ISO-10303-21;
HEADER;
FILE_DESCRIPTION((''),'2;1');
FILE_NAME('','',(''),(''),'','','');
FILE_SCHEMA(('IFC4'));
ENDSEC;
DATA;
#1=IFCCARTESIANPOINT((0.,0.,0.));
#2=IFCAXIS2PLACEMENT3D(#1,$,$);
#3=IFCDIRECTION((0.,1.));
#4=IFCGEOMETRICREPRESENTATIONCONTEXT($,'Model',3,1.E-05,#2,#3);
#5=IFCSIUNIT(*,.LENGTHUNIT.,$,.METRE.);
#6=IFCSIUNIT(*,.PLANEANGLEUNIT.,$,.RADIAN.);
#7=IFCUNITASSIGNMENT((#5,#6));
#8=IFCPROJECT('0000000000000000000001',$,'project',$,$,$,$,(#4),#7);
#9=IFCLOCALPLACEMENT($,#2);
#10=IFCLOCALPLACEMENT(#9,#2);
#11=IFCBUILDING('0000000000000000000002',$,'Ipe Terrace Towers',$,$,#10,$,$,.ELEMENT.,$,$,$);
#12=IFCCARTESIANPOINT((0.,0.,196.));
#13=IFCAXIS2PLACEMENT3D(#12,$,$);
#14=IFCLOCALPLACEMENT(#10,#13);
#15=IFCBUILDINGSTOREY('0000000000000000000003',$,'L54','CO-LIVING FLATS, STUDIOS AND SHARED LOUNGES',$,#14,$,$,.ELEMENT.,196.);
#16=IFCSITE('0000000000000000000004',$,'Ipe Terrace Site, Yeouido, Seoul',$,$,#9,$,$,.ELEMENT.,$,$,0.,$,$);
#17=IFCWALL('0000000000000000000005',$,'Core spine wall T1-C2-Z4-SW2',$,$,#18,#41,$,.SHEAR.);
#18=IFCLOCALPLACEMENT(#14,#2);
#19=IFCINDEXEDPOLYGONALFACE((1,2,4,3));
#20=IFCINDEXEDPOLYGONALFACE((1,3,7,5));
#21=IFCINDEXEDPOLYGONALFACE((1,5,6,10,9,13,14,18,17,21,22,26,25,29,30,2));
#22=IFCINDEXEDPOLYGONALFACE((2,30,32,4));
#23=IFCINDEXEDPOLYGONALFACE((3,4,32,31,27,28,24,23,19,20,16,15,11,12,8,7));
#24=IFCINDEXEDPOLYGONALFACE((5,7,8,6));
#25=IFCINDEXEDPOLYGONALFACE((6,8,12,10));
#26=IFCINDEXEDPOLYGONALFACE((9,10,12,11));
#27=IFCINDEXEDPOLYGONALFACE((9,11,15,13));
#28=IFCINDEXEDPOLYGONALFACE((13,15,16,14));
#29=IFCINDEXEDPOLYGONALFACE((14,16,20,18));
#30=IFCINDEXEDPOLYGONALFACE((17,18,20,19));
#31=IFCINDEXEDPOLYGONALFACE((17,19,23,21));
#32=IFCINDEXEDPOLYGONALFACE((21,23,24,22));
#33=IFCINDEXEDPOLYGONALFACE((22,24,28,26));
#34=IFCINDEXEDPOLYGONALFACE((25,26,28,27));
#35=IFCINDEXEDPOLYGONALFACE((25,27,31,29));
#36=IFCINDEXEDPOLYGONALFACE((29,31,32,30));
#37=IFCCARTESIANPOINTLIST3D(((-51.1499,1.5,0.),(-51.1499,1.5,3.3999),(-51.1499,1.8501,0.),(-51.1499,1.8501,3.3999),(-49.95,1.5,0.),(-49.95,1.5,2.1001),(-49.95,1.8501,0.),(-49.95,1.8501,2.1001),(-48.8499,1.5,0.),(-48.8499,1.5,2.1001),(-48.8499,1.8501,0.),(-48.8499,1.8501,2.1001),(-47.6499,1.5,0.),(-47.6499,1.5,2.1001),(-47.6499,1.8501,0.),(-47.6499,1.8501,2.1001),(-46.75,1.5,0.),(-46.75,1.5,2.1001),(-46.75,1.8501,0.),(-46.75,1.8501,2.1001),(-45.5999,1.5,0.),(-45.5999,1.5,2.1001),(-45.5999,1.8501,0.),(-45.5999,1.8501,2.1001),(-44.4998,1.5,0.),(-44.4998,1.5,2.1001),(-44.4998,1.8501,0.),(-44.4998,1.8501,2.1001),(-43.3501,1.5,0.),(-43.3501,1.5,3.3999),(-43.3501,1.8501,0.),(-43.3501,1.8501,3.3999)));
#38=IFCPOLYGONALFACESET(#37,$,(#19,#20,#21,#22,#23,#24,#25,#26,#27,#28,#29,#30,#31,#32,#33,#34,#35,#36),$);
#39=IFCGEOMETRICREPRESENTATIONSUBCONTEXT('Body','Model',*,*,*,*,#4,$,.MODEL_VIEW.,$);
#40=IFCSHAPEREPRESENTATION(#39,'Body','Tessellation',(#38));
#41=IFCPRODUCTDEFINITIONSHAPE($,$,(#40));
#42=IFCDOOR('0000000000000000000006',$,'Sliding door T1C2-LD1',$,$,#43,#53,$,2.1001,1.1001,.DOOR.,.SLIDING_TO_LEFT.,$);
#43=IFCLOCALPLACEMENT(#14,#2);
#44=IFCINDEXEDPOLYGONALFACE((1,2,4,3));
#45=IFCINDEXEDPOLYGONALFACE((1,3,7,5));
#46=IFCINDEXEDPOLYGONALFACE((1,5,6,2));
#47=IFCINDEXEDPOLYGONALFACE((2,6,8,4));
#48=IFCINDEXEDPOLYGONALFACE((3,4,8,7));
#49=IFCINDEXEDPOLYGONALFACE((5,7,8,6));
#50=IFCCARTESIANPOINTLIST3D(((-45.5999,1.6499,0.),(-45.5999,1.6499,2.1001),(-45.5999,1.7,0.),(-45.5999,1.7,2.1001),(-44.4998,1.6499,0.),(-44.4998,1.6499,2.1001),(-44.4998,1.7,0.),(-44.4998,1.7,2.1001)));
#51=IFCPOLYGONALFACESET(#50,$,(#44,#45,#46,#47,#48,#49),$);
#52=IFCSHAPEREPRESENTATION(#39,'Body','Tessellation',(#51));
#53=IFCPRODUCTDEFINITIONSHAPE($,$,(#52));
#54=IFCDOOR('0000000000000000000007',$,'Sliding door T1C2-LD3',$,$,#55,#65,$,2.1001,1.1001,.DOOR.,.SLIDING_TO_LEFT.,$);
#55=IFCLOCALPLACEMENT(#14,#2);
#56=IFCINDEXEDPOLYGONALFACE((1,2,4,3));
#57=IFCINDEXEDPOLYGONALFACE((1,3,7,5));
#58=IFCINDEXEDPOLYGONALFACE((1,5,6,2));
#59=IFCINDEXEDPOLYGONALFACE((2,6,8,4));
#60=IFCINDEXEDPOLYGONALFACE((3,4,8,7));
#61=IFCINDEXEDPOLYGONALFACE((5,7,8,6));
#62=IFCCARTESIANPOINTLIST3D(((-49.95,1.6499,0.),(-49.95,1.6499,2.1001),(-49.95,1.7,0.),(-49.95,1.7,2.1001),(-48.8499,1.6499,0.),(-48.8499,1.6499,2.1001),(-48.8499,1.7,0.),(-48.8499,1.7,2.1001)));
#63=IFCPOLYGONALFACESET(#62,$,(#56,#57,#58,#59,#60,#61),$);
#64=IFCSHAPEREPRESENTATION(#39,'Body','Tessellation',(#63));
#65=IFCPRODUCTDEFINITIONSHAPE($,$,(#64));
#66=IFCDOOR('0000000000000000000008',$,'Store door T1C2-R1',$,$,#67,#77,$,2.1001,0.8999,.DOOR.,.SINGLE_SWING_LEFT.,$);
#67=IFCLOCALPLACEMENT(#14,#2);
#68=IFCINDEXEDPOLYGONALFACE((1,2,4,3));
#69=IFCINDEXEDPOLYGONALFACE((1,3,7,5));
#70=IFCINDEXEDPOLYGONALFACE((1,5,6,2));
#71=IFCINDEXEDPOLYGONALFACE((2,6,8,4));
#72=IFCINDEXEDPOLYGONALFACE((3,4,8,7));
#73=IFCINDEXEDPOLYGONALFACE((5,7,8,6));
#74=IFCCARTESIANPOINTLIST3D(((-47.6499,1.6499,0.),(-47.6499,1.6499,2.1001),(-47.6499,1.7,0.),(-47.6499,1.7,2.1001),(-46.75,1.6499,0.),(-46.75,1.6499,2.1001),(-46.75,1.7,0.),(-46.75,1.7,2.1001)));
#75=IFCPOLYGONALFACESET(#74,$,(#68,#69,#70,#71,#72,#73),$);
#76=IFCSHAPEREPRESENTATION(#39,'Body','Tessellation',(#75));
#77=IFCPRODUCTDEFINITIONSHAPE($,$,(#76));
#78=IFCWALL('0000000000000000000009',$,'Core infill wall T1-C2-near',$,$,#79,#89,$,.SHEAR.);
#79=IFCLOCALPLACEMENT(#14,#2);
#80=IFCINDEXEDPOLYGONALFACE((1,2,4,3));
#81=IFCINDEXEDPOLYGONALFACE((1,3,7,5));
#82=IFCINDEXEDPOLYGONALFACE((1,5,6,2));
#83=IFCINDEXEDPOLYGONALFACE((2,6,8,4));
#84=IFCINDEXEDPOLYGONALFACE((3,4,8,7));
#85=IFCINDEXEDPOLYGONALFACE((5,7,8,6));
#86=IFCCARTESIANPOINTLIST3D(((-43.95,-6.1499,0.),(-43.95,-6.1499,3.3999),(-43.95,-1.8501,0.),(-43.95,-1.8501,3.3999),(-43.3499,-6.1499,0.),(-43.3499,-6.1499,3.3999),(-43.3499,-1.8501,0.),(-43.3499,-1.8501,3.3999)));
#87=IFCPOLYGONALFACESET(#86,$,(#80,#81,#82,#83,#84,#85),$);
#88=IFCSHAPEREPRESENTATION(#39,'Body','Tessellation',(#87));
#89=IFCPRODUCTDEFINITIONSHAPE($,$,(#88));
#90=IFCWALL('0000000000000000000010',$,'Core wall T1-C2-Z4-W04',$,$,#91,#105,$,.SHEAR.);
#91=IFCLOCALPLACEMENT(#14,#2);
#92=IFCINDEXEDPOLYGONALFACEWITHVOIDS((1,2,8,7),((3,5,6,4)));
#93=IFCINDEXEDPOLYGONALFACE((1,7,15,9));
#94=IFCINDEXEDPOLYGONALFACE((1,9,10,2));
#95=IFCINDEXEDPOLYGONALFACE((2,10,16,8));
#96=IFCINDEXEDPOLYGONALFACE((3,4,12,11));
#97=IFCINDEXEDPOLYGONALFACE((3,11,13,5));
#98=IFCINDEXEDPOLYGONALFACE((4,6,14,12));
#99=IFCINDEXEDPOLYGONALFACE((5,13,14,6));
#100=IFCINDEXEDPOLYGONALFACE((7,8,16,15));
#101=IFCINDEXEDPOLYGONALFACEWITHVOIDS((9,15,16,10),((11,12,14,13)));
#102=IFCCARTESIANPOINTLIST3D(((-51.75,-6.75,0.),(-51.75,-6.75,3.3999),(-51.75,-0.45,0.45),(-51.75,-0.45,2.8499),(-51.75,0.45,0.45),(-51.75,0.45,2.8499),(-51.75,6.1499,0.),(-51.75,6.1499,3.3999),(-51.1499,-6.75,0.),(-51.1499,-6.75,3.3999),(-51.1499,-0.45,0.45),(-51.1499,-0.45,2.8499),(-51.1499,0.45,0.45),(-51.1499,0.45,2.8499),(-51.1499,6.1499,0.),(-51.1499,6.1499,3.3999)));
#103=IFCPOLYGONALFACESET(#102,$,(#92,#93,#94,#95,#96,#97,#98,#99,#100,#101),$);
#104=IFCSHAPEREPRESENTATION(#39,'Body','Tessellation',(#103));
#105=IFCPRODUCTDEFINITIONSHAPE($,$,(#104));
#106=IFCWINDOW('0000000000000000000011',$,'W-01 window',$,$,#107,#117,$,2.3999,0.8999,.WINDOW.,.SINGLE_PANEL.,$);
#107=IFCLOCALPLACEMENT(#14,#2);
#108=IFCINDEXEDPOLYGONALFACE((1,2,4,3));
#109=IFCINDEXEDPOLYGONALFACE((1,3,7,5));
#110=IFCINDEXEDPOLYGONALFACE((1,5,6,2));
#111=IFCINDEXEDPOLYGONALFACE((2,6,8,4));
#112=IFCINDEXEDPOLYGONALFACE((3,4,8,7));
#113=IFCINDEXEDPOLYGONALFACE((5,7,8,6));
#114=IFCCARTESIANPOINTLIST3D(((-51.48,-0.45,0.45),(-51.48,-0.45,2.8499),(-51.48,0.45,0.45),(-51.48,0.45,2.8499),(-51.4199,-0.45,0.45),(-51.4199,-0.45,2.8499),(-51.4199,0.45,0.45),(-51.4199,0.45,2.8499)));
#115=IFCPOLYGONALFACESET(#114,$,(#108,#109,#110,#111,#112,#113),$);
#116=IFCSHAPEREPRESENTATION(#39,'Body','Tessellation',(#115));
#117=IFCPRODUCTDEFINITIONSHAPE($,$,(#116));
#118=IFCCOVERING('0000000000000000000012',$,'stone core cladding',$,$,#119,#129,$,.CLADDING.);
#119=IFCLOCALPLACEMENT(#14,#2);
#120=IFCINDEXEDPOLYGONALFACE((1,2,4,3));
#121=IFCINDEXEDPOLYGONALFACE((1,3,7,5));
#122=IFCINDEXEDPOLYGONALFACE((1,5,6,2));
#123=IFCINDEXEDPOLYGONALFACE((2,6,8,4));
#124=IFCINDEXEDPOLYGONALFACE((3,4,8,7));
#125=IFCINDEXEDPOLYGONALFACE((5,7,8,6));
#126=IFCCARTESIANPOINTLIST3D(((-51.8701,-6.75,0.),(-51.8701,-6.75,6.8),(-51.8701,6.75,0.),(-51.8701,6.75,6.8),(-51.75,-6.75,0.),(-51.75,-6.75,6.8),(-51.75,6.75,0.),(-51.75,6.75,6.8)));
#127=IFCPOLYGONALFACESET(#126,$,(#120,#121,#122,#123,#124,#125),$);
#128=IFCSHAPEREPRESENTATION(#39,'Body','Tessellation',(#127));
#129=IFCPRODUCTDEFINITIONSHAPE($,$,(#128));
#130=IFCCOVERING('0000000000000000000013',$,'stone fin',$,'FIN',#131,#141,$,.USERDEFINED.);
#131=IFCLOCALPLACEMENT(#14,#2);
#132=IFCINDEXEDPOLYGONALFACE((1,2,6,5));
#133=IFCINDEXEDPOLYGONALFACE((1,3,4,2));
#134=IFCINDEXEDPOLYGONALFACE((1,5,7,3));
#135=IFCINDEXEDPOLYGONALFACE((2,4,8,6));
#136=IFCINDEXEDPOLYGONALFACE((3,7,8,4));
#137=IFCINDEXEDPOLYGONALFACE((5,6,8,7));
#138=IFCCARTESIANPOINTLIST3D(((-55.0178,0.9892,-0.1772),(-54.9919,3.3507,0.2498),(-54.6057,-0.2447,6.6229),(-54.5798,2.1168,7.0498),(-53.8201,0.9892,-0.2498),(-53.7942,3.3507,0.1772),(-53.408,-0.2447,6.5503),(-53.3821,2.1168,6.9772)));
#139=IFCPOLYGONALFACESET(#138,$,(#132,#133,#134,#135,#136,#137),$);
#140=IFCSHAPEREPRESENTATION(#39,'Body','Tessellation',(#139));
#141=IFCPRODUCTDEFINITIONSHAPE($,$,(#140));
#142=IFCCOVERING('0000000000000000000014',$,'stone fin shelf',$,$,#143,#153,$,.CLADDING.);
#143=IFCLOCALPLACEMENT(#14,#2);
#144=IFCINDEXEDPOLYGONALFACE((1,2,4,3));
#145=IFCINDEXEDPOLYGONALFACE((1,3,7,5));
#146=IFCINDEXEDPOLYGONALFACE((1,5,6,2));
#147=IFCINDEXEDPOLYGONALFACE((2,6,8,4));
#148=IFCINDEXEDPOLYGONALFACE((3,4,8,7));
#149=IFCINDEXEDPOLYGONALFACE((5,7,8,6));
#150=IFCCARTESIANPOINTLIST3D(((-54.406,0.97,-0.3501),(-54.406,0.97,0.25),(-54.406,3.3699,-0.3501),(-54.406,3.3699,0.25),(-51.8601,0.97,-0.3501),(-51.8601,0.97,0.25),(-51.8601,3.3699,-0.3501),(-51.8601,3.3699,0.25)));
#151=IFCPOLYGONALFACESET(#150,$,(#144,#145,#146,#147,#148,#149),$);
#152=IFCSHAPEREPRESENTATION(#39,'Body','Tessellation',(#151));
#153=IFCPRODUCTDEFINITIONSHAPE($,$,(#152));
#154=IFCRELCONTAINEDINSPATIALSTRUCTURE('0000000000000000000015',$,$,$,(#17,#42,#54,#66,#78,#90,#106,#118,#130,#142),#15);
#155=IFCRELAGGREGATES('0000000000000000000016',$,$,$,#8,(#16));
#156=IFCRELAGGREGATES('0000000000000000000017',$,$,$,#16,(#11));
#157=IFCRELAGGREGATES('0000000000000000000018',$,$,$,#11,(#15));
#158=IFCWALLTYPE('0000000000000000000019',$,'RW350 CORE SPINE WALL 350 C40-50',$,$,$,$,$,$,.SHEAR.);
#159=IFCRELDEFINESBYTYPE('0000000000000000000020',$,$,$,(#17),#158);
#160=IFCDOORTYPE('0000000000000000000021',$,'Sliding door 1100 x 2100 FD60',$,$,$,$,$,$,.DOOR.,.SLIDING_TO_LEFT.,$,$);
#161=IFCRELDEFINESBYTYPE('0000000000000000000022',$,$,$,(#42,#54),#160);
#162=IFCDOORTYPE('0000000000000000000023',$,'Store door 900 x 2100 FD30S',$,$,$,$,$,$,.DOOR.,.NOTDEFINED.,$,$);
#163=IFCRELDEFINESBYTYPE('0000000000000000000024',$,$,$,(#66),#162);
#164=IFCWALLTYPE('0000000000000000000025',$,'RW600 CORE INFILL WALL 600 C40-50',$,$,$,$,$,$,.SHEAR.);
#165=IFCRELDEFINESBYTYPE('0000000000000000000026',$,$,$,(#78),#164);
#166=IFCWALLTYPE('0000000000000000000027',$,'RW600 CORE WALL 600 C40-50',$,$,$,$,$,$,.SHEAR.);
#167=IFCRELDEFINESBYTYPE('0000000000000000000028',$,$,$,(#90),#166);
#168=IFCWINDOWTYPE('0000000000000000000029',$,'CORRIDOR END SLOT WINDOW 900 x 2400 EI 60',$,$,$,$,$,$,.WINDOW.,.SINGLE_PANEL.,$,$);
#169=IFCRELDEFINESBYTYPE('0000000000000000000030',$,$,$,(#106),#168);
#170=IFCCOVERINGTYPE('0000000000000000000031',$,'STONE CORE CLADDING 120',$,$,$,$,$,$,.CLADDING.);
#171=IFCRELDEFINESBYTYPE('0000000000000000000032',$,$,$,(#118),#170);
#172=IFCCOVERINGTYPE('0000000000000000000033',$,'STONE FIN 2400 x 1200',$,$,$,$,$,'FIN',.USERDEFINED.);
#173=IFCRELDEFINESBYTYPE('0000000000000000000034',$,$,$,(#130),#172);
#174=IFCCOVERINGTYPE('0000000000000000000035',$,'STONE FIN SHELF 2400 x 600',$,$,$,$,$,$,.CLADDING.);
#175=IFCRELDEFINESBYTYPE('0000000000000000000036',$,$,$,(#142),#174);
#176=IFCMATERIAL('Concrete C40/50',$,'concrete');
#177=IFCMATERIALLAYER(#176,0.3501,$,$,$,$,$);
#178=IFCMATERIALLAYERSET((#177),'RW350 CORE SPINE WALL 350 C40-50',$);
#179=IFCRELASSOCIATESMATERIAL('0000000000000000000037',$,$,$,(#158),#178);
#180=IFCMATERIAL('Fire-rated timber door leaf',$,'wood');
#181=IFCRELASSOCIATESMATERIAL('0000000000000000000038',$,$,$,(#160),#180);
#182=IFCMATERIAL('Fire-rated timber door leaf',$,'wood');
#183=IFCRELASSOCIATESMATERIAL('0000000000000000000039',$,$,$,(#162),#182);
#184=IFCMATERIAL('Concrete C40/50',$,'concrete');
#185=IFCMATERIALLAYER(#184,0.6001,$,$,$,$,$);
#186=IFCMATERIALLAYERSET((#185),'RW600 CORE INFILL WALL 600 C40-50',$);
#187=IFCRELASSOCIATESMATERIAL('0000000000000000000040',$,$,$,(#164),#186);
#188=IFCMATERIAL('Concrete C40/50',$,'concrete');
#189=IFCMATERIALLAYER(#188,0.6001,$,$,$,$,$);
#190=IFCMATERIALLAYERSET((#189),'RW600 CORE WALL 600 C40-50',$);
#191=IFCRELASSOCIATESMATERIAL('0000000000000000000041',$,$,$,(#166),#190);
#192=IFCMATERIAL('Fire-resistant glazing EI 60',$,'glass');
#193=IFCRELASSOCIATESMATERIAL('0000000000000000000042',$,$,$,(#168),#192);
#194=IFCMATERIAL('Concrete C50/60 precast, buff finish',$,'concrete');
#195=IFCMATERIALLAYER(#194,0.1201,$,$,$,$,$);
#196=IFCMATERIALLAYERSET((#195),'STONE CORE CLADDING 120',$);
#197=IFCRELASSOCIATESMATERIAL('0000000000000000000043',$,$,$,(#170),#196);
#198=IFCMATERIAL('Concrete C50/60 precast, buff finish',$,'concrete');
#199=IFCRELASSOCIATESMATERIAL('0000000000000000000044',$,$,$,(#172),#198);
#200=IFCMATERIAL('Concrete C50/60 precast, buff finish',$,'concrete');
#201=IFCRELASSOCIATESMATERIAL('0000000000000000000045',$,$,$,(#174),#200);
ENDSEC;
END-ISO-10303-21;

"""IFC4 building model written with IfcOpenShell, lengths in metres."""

from ifc_helpers import new_model, si_unit, direction, frame, frame_2d, origin, origin_2d, place, context, subcontext, project, spatial, rectangle, extrude, material, layer, layer_set, material_profile, profile_set, type_object, element, fill, save


model = new_model("IFC4")

# Units and contexts
model_context = context("Model", 3, precision=1e-05, world=origin(), true_north=direction((0.0, 1.0)))
body_context = subcontext(model_context, "Body", "Model", "MODEL_VIEW")
ifc_project = project(units=[si_unit("LENGTHUNIT", "METRE"), si_unit("PLANEANGLEUNIT", "RADIAN")], contexts=[model_context])

# Site, building, storey
site_placement = place(None, origin())
site = spatial("IfcSite", under=ifc_project, at=site_placement, Name="Ipe Terrace Site, Yeouido, Seoul", CompositionType="ELEMENT", RefElevation=0.0)
building_placement = place(site_placement, origin())
building = spatial("IfcBuilding", under=site, at=building_placement, Name="Ipe Terrace Towers", CompositionType="ELEMENT")
storey_placement = place(building_placement, frame((0.0, 0.0, 196.0)))
storey = spatial("IfcBuildingStorey", under=building, at=storey_placement, Name="L54", Description="CO-LIVING FLATS, STUDIOS AND SHARED LOUNGES", CompositionType="ELEMENT", Elevation=196.0)

# Shared definitions
ifc_material_1 = material(Name="Concrete C40/50", Category="concrete")
ifc_layer_1 = layer(ifc_material_1, 0.3501)
ifc_layer_set_1 = layer_set([ifc_layer_1], Name="RW350 CORE SPINE WALL 350 C40-50")
wall_type_1 = type_object("IfcWallType", Name="RW350 CORE SPINE WALL 350 C40-50", PredefinedType="SHEAR", material=ifc_layer_set_1)

# Wall, openings, doors
wall_1_placement = place(storey_placement, frame((-51.1499, 1.675, 0.0), z_axis=(0.0, 0.0, 1.0), x_axis=(1.0, 0.0, 0.0)))
wall_1 = element("IfcWall", 1, at=wall_1_placement, inside=storey, type_object=wall_type_1, Name="Core spine wall T1-C2-Z4-SW2", PredefinedType="SHEAR", context=body_context, shape_type="SweptSolid", body=[
    extrude(rectangle(XDim=7.7998, YDim=0.3501, at=frame_2d((3.8999, 0.0))), origin(), (0.0, 0.0, 1.0), 3.3999),
])
opening_1_placement = place(wall_1_placement, frame((5.55, 0.0, 0.0)))
opening_1 = element("IfcOpeningElement", 2, at=opening_1_placement, cuts=wall_1, PredefinedType="OPENING", context=body_context, shape_type="SweptSolid", body=[
    extrude(rectangle(XDim=1.1001, YDim=2.1001, at=frame_2d((0.55, 1.05))), frame((0.0, 0.1851, 0.0), z_axis=(0.0, -1.0, 0.0), x_axis=(1.0, 0.0, 0.0)), (0.0, 0.0, 1.0), 0.3701),
])
opening_2_placement = place(wall_1_placement, frame((1.2, 0.0, 0.0)))
opening_2 = element("IfcOpeningElement", 3, at=opening_2_placement, cuts=wall_1, PredefinedType="OPENING", context=body_context, shape_type="SweptSolid", body=[
    extrude(rectangle(XDim=1.1001, YDim=2.1001, at=frame_2d((0.55, 1.05))), frame((0.0, 0.1851, 0.0), z_axis=(0.0, -1.0, 0.0), x_axis=(1.0, 0.0, 0.0)), (0.0, 0.0, 1.0), 0.3701),
])
opening_3_placement = place(wall_1_placement, frame((3.5, 0.0, 0.0)))
opening_3 = element("IfcOpeningElement", 4, at=opening_3_placement, cuts=wall_1, PredefinedType="OPENING", context=body_context, shape_type="SweptSolid", body=[
    extrude(rectangle(XDim=0.8999, YDim=2.1001, at=frame_2d((0.45, 1.05))), frame((0.0, 0.1851, 0.0), z_axis=(0.0, -1.0, 0.0), x_axis=(1.0, 0.0, 0.0)), (0.0, 0.0, 1.0), 0.3701),
])
ifc_material_2 = material(Name="Fire-rated timber door leaf", Category="wood")
door_type_1 = type_object("IfcDoorType", Name="Sliding door 1100 x 2100 FD60", OperationType="SLIDING_TO_LEFT", PredefinedType="DOOR", material=ifc_material_2)
door_1_placement = place(opening_1_placement, origin())
door_1 = element("IfcDoor", 5, at=door_1_placement, inside=storey, type_object=door_type_1, Name="Sliding door T1C2-LD1", OperationType="SLIDING_TO_LEFT", OverallHeight=2.1001, OverallWidth=1.1001, PredefinedType="DOOR", context=body_context, shape_type="SweptSolid", body=[
    extrude(rectangle(XDim=1.1001, YDim=2.1001, at=frame_2d((0.55, 1.05))), frame((0.0, 0.0249, 0.0), z_axis=(0.0, -1.0, 0.0), x_axis=(1.0, 0.0, 0.0)), (0.0, 0.0, 1.0), 0.05),
])
fill(opening_1, door_1)
door_2_placement = place(opening_2_placement, origin())
door_2 = element("IfcDoor", 6, at=door_2_placement, inside=storey, type_object=door_type_1, Name="Sliding door T1C2-LD3", OperationType="SLIDING_TO_LEFT", OverallHeight=2.1001, OverallWidth=1.1001, PredefinedType="DOOR", context=body_context, shape_type="SweptSolid", body=[
    extrude(rectangle(XDim=1.1001, YDim=2.1001, at=frame_2d((0.55, 1.05))), frame((0.0, 0.0249, 0.0), z_axis=(0.0, -1.0, 0.0), x_axis=(1.0, 0.0, 0.0)), (0.0, 0.0, 1.0), 0.05),
])
fill(opening_2, door_2)
ifc_material_3 = material(Name="Fire-rated timber door leaf", Category="wood")
door_type_2 = type_object("IfcDoorType", Name="Store door 900 x 2100 FD30S", OperationType="NOTDEFINED", PredefinedType="DOOR", material=ifc_material_3)
door_3_placement = place(opening_3_placement, origin())
door_3 = element("IfcDoor", 7, at=door_3_placement, inside=storey, type_object=door_type_2, Name="Store door T1C2-R1", OperationType="SINGLE_SWING_LEFT", OverallHeight=2.1001, OverallWidth=0.8999, PredefinedType="DOOR", context=body_context, shape_type="SweptSolid", body=[
    extrude(rectangle(XDim=0.8999, YDim=2.1001, at=frame_2d((0.45, 1.05))), frame((0.0, 0.0249, 0.0), z_axis=(0.0, -1.0, 0.0), x_axis=(1.0, 0.0, 0.0)), (0.0, 0.0, 1.0), 0.05),
])
fill(opening_3, door_3)

# Wall
ifc_material_4 = material(Name="Concrete C40/50", Category="concrete")
ifc_layer_2 = layer(ifc_material_4, 0.6001)
ifc_layer_set_2 = layer_set([ifc_layer_2], Name="RW600 CORE INFILL WALL 600 C40-50")
wall_type_2 = type_object("IfcWallType", Name="RW600 CORE INFILL WALL 600 C40-50", PredefinedType="SHEAR", material=ifc_layer_set_2)
wall_2_placement = place(storey_placement, frame((-43.6499, -1.8501, 0.0), z_axis=(0.0, 0.0, 1.0), x_axis=(0.0, -1.0, 0.0)))
element("IfcWall", 8, at=wall_2_placement, inside=storey, type_object=wall_type_2, Name="Core infill wall T1-C2-near", PredefinedType="SHEAR", context=body_context, shape_type="SweptSolid", body=[
    extrude(rectangle(XDim=4.2998, YDim=0.6001, at=frame_2d((2.1499, 0.0))), origin(), (0.0, 0.0, 1.0), 3.3999),
])

# Wall, opening, window
ifc_material_5 = material(Name="Concrete C40/50", Category="concrete")
ifc_layer_3 = layer(ifc_material_5, 0.6001)
ifc_layer_set_3 = layer_set([ifc_layer_3], Name="RW600 CORE WALL 600 C40-50")
wall_type_3 = type_object("IfcWallType", Name="RW600 CORE WALL 600 C40-50", PredefinedType="SHEAR", material=ifc_layer_set_3)
wall_3_placement = place(storey_placement, frame((-51.45, 6.1499, 0.0), z_axis=(0.0, 0.0, 1.0), x_axis=(0.0, -1.0, 0.0)))
wall_3 = element("IfcWall", 9, at=wall_3_placement, inside=storey, type_object=wall_type_3, Name="Core wall T1-C2-Z4-W04", PredefinedType="SHEAR", context=body_context, shape_type="SweptSolid", body=[
    extrude(rectangle(XDim=12.8999, YDim=0.6001, at=frame_2d((6.45, 0.0))), origin(), (0.0, 0.0, 1.0), 3.3999),
])
opening_4_placement = place(wall_3_placement, frame((5.7, 0.0, 0.45)))
opening_4 = element("IfcOpeningElement", 10, at=opening_4_placement, cuts=wall_3, PredefinedType="OPENING", context=body_context, shape_type="SweptSolid", body=[
    extrude(rectangle(XDim=0.8999, YDim=2.3999, at=frame_2d((0.45, 1.2))), frame((0.0, 0.3101, 0.0), z_axis=(0.0, -1.0, 0.0), x_axis=(1.0, 0.0, 0.0)), (0.0, 0.0, 1.0), 0.6201),
])
ifc_material_6 = material(Name="Fire-resistant glazing EI 60", Category="glass")
window_type = type_object("IfcWindowType", Name="CORRIDOR END SLOT WINDOW 900 x 2400 EI 60", PartitioningType="SINGLE_PANEL", PredefinedType="WINDOW", material=ifc_material_6)
window_placement = place(opening_4_placement, origin())
window = element("IfcWindow", 11, at=window_placement, inside=storey, type_object=window_type, Name="W-01 window", OverallHeight=2.3999, OverallWidth=0.8999, PartitioningType="SINGLE_PANEL", PredefinedType="WINDOW", context=body_context, shape_type="SweptSolid", body=[
    extrude(rectangle(XDim=0.8999, YDim=2.3999, at=frame_2d((0.45, 1.2))), frame((0.0, 0.03, 0.0), z_axis=(0.0, -1.0, 0.0), x_axis=(1.0, 0.0, 0.0)), (0.0, 0.0, 1.0), 0.0601),
])
fill(opening_4, window)

# Coverings
ifc_material_7 = material(Name="Concrete C50/60 precast, buff finish", Category="concrete")
ifc_layer_4 = layer(ifc_material_7, 0.1201)
ifc_layer_set_4 = layer_set([ifc_layer_4], Name="STONE CORE CLADDING 120")
covering_type_1 = type_object("IfcCoveringType", Name="STONE CORE CLADDING 120", PredefinedType="CLADDING", material=ifc_layer_set_4)
covering_1_placement = place(storey_placement, frame((-51.8101, 0.0, 0.0), z_axis=(0.0, 0.0, 1.0), x_axis=(0.0, -1.0, 0.0)))
element("IfcCovering", 12, at=covering_1_placement, inside=storey, type_object=covering_type_1, Name="stone core cladding", PredefinedType="CLADDING", context=body_context, shape_type="SweptSolid", body=[
    extrude(rectangle(XDim=13.5, YDim=0.1201, at=origin_2d()), origin(), (0.0, 0.0, 1.0), 6.8),
])
ifc_material_8 = material(Name="Concrete C50/60 precast, buff finish", Category="concrete")
ifc_material_profile = material_profile(ifc_material_8, rectangle(XDim=2.3999, YDim=1.2, at=origin_2d()), Name="STONE FIN 2400 x 1200")
ifc_profile_set = profile_set([ifc_material_profile], Name="Concrete C50/60 precast, buff finish")
covering_type_2 = type_object("IfcCoveringType", Name="STONE FIN 2400 x 1200", ElementType="FIN", PredefinedType="USERDEFINED", material=ifc_profile_set)
covering_2_placement = place(storey_placement, frame((-54.406, 2.1699, 0.0), z_axis=(0.059524, -0.178221, 0.982188), x_axis=(-0.010781, -0.983991, -0.177894)))
element("IfcCovering", 13, at=covering_2_placement, inside=storey, type_object=covering_type_2, Name="stone fin", ObjectType="FIN", PredefinedType="USERDEFINED", context=body_context, shape_type="SweptSolid", body=[
    extrude(rectangle(XDim=2.3999, YDim=1.2, at=origin_2d()), origin(), (0.0, 0.0, 1.0), 6.9233),
])
ifc_material_9 = material(Name="Concrete C50/60 precast, buff finish", Category="concrete")
covering_type_3 = type_object("IfcCoveringType", Name="STONE FIN SHELF 2400 x 600", PredefinedType="CLADDING", material=ifc_material_9)
covering_3_placement = place(storey_placement, frame((-53.1331, 2.1699, -0.3501), z_axis=(0.0, 0.0, 1.0), x_axis=(0.0, -1.0, 0.0)))
element("IfcCovering", 14, at=covering_3_placement, inside=storey, type_object=covering_type_3, Name="stone fin shelf", PredefinedType="CLADDING", context=body_context, shape_type="SweptSolid", body=[
    extrude(rectangle(XDim=2.3999, YDim=2.5459, at=origin_2d()), origin(), (0.0, 0.0, 1.0), 0.6001),
])

save(model, "model.ifc")
